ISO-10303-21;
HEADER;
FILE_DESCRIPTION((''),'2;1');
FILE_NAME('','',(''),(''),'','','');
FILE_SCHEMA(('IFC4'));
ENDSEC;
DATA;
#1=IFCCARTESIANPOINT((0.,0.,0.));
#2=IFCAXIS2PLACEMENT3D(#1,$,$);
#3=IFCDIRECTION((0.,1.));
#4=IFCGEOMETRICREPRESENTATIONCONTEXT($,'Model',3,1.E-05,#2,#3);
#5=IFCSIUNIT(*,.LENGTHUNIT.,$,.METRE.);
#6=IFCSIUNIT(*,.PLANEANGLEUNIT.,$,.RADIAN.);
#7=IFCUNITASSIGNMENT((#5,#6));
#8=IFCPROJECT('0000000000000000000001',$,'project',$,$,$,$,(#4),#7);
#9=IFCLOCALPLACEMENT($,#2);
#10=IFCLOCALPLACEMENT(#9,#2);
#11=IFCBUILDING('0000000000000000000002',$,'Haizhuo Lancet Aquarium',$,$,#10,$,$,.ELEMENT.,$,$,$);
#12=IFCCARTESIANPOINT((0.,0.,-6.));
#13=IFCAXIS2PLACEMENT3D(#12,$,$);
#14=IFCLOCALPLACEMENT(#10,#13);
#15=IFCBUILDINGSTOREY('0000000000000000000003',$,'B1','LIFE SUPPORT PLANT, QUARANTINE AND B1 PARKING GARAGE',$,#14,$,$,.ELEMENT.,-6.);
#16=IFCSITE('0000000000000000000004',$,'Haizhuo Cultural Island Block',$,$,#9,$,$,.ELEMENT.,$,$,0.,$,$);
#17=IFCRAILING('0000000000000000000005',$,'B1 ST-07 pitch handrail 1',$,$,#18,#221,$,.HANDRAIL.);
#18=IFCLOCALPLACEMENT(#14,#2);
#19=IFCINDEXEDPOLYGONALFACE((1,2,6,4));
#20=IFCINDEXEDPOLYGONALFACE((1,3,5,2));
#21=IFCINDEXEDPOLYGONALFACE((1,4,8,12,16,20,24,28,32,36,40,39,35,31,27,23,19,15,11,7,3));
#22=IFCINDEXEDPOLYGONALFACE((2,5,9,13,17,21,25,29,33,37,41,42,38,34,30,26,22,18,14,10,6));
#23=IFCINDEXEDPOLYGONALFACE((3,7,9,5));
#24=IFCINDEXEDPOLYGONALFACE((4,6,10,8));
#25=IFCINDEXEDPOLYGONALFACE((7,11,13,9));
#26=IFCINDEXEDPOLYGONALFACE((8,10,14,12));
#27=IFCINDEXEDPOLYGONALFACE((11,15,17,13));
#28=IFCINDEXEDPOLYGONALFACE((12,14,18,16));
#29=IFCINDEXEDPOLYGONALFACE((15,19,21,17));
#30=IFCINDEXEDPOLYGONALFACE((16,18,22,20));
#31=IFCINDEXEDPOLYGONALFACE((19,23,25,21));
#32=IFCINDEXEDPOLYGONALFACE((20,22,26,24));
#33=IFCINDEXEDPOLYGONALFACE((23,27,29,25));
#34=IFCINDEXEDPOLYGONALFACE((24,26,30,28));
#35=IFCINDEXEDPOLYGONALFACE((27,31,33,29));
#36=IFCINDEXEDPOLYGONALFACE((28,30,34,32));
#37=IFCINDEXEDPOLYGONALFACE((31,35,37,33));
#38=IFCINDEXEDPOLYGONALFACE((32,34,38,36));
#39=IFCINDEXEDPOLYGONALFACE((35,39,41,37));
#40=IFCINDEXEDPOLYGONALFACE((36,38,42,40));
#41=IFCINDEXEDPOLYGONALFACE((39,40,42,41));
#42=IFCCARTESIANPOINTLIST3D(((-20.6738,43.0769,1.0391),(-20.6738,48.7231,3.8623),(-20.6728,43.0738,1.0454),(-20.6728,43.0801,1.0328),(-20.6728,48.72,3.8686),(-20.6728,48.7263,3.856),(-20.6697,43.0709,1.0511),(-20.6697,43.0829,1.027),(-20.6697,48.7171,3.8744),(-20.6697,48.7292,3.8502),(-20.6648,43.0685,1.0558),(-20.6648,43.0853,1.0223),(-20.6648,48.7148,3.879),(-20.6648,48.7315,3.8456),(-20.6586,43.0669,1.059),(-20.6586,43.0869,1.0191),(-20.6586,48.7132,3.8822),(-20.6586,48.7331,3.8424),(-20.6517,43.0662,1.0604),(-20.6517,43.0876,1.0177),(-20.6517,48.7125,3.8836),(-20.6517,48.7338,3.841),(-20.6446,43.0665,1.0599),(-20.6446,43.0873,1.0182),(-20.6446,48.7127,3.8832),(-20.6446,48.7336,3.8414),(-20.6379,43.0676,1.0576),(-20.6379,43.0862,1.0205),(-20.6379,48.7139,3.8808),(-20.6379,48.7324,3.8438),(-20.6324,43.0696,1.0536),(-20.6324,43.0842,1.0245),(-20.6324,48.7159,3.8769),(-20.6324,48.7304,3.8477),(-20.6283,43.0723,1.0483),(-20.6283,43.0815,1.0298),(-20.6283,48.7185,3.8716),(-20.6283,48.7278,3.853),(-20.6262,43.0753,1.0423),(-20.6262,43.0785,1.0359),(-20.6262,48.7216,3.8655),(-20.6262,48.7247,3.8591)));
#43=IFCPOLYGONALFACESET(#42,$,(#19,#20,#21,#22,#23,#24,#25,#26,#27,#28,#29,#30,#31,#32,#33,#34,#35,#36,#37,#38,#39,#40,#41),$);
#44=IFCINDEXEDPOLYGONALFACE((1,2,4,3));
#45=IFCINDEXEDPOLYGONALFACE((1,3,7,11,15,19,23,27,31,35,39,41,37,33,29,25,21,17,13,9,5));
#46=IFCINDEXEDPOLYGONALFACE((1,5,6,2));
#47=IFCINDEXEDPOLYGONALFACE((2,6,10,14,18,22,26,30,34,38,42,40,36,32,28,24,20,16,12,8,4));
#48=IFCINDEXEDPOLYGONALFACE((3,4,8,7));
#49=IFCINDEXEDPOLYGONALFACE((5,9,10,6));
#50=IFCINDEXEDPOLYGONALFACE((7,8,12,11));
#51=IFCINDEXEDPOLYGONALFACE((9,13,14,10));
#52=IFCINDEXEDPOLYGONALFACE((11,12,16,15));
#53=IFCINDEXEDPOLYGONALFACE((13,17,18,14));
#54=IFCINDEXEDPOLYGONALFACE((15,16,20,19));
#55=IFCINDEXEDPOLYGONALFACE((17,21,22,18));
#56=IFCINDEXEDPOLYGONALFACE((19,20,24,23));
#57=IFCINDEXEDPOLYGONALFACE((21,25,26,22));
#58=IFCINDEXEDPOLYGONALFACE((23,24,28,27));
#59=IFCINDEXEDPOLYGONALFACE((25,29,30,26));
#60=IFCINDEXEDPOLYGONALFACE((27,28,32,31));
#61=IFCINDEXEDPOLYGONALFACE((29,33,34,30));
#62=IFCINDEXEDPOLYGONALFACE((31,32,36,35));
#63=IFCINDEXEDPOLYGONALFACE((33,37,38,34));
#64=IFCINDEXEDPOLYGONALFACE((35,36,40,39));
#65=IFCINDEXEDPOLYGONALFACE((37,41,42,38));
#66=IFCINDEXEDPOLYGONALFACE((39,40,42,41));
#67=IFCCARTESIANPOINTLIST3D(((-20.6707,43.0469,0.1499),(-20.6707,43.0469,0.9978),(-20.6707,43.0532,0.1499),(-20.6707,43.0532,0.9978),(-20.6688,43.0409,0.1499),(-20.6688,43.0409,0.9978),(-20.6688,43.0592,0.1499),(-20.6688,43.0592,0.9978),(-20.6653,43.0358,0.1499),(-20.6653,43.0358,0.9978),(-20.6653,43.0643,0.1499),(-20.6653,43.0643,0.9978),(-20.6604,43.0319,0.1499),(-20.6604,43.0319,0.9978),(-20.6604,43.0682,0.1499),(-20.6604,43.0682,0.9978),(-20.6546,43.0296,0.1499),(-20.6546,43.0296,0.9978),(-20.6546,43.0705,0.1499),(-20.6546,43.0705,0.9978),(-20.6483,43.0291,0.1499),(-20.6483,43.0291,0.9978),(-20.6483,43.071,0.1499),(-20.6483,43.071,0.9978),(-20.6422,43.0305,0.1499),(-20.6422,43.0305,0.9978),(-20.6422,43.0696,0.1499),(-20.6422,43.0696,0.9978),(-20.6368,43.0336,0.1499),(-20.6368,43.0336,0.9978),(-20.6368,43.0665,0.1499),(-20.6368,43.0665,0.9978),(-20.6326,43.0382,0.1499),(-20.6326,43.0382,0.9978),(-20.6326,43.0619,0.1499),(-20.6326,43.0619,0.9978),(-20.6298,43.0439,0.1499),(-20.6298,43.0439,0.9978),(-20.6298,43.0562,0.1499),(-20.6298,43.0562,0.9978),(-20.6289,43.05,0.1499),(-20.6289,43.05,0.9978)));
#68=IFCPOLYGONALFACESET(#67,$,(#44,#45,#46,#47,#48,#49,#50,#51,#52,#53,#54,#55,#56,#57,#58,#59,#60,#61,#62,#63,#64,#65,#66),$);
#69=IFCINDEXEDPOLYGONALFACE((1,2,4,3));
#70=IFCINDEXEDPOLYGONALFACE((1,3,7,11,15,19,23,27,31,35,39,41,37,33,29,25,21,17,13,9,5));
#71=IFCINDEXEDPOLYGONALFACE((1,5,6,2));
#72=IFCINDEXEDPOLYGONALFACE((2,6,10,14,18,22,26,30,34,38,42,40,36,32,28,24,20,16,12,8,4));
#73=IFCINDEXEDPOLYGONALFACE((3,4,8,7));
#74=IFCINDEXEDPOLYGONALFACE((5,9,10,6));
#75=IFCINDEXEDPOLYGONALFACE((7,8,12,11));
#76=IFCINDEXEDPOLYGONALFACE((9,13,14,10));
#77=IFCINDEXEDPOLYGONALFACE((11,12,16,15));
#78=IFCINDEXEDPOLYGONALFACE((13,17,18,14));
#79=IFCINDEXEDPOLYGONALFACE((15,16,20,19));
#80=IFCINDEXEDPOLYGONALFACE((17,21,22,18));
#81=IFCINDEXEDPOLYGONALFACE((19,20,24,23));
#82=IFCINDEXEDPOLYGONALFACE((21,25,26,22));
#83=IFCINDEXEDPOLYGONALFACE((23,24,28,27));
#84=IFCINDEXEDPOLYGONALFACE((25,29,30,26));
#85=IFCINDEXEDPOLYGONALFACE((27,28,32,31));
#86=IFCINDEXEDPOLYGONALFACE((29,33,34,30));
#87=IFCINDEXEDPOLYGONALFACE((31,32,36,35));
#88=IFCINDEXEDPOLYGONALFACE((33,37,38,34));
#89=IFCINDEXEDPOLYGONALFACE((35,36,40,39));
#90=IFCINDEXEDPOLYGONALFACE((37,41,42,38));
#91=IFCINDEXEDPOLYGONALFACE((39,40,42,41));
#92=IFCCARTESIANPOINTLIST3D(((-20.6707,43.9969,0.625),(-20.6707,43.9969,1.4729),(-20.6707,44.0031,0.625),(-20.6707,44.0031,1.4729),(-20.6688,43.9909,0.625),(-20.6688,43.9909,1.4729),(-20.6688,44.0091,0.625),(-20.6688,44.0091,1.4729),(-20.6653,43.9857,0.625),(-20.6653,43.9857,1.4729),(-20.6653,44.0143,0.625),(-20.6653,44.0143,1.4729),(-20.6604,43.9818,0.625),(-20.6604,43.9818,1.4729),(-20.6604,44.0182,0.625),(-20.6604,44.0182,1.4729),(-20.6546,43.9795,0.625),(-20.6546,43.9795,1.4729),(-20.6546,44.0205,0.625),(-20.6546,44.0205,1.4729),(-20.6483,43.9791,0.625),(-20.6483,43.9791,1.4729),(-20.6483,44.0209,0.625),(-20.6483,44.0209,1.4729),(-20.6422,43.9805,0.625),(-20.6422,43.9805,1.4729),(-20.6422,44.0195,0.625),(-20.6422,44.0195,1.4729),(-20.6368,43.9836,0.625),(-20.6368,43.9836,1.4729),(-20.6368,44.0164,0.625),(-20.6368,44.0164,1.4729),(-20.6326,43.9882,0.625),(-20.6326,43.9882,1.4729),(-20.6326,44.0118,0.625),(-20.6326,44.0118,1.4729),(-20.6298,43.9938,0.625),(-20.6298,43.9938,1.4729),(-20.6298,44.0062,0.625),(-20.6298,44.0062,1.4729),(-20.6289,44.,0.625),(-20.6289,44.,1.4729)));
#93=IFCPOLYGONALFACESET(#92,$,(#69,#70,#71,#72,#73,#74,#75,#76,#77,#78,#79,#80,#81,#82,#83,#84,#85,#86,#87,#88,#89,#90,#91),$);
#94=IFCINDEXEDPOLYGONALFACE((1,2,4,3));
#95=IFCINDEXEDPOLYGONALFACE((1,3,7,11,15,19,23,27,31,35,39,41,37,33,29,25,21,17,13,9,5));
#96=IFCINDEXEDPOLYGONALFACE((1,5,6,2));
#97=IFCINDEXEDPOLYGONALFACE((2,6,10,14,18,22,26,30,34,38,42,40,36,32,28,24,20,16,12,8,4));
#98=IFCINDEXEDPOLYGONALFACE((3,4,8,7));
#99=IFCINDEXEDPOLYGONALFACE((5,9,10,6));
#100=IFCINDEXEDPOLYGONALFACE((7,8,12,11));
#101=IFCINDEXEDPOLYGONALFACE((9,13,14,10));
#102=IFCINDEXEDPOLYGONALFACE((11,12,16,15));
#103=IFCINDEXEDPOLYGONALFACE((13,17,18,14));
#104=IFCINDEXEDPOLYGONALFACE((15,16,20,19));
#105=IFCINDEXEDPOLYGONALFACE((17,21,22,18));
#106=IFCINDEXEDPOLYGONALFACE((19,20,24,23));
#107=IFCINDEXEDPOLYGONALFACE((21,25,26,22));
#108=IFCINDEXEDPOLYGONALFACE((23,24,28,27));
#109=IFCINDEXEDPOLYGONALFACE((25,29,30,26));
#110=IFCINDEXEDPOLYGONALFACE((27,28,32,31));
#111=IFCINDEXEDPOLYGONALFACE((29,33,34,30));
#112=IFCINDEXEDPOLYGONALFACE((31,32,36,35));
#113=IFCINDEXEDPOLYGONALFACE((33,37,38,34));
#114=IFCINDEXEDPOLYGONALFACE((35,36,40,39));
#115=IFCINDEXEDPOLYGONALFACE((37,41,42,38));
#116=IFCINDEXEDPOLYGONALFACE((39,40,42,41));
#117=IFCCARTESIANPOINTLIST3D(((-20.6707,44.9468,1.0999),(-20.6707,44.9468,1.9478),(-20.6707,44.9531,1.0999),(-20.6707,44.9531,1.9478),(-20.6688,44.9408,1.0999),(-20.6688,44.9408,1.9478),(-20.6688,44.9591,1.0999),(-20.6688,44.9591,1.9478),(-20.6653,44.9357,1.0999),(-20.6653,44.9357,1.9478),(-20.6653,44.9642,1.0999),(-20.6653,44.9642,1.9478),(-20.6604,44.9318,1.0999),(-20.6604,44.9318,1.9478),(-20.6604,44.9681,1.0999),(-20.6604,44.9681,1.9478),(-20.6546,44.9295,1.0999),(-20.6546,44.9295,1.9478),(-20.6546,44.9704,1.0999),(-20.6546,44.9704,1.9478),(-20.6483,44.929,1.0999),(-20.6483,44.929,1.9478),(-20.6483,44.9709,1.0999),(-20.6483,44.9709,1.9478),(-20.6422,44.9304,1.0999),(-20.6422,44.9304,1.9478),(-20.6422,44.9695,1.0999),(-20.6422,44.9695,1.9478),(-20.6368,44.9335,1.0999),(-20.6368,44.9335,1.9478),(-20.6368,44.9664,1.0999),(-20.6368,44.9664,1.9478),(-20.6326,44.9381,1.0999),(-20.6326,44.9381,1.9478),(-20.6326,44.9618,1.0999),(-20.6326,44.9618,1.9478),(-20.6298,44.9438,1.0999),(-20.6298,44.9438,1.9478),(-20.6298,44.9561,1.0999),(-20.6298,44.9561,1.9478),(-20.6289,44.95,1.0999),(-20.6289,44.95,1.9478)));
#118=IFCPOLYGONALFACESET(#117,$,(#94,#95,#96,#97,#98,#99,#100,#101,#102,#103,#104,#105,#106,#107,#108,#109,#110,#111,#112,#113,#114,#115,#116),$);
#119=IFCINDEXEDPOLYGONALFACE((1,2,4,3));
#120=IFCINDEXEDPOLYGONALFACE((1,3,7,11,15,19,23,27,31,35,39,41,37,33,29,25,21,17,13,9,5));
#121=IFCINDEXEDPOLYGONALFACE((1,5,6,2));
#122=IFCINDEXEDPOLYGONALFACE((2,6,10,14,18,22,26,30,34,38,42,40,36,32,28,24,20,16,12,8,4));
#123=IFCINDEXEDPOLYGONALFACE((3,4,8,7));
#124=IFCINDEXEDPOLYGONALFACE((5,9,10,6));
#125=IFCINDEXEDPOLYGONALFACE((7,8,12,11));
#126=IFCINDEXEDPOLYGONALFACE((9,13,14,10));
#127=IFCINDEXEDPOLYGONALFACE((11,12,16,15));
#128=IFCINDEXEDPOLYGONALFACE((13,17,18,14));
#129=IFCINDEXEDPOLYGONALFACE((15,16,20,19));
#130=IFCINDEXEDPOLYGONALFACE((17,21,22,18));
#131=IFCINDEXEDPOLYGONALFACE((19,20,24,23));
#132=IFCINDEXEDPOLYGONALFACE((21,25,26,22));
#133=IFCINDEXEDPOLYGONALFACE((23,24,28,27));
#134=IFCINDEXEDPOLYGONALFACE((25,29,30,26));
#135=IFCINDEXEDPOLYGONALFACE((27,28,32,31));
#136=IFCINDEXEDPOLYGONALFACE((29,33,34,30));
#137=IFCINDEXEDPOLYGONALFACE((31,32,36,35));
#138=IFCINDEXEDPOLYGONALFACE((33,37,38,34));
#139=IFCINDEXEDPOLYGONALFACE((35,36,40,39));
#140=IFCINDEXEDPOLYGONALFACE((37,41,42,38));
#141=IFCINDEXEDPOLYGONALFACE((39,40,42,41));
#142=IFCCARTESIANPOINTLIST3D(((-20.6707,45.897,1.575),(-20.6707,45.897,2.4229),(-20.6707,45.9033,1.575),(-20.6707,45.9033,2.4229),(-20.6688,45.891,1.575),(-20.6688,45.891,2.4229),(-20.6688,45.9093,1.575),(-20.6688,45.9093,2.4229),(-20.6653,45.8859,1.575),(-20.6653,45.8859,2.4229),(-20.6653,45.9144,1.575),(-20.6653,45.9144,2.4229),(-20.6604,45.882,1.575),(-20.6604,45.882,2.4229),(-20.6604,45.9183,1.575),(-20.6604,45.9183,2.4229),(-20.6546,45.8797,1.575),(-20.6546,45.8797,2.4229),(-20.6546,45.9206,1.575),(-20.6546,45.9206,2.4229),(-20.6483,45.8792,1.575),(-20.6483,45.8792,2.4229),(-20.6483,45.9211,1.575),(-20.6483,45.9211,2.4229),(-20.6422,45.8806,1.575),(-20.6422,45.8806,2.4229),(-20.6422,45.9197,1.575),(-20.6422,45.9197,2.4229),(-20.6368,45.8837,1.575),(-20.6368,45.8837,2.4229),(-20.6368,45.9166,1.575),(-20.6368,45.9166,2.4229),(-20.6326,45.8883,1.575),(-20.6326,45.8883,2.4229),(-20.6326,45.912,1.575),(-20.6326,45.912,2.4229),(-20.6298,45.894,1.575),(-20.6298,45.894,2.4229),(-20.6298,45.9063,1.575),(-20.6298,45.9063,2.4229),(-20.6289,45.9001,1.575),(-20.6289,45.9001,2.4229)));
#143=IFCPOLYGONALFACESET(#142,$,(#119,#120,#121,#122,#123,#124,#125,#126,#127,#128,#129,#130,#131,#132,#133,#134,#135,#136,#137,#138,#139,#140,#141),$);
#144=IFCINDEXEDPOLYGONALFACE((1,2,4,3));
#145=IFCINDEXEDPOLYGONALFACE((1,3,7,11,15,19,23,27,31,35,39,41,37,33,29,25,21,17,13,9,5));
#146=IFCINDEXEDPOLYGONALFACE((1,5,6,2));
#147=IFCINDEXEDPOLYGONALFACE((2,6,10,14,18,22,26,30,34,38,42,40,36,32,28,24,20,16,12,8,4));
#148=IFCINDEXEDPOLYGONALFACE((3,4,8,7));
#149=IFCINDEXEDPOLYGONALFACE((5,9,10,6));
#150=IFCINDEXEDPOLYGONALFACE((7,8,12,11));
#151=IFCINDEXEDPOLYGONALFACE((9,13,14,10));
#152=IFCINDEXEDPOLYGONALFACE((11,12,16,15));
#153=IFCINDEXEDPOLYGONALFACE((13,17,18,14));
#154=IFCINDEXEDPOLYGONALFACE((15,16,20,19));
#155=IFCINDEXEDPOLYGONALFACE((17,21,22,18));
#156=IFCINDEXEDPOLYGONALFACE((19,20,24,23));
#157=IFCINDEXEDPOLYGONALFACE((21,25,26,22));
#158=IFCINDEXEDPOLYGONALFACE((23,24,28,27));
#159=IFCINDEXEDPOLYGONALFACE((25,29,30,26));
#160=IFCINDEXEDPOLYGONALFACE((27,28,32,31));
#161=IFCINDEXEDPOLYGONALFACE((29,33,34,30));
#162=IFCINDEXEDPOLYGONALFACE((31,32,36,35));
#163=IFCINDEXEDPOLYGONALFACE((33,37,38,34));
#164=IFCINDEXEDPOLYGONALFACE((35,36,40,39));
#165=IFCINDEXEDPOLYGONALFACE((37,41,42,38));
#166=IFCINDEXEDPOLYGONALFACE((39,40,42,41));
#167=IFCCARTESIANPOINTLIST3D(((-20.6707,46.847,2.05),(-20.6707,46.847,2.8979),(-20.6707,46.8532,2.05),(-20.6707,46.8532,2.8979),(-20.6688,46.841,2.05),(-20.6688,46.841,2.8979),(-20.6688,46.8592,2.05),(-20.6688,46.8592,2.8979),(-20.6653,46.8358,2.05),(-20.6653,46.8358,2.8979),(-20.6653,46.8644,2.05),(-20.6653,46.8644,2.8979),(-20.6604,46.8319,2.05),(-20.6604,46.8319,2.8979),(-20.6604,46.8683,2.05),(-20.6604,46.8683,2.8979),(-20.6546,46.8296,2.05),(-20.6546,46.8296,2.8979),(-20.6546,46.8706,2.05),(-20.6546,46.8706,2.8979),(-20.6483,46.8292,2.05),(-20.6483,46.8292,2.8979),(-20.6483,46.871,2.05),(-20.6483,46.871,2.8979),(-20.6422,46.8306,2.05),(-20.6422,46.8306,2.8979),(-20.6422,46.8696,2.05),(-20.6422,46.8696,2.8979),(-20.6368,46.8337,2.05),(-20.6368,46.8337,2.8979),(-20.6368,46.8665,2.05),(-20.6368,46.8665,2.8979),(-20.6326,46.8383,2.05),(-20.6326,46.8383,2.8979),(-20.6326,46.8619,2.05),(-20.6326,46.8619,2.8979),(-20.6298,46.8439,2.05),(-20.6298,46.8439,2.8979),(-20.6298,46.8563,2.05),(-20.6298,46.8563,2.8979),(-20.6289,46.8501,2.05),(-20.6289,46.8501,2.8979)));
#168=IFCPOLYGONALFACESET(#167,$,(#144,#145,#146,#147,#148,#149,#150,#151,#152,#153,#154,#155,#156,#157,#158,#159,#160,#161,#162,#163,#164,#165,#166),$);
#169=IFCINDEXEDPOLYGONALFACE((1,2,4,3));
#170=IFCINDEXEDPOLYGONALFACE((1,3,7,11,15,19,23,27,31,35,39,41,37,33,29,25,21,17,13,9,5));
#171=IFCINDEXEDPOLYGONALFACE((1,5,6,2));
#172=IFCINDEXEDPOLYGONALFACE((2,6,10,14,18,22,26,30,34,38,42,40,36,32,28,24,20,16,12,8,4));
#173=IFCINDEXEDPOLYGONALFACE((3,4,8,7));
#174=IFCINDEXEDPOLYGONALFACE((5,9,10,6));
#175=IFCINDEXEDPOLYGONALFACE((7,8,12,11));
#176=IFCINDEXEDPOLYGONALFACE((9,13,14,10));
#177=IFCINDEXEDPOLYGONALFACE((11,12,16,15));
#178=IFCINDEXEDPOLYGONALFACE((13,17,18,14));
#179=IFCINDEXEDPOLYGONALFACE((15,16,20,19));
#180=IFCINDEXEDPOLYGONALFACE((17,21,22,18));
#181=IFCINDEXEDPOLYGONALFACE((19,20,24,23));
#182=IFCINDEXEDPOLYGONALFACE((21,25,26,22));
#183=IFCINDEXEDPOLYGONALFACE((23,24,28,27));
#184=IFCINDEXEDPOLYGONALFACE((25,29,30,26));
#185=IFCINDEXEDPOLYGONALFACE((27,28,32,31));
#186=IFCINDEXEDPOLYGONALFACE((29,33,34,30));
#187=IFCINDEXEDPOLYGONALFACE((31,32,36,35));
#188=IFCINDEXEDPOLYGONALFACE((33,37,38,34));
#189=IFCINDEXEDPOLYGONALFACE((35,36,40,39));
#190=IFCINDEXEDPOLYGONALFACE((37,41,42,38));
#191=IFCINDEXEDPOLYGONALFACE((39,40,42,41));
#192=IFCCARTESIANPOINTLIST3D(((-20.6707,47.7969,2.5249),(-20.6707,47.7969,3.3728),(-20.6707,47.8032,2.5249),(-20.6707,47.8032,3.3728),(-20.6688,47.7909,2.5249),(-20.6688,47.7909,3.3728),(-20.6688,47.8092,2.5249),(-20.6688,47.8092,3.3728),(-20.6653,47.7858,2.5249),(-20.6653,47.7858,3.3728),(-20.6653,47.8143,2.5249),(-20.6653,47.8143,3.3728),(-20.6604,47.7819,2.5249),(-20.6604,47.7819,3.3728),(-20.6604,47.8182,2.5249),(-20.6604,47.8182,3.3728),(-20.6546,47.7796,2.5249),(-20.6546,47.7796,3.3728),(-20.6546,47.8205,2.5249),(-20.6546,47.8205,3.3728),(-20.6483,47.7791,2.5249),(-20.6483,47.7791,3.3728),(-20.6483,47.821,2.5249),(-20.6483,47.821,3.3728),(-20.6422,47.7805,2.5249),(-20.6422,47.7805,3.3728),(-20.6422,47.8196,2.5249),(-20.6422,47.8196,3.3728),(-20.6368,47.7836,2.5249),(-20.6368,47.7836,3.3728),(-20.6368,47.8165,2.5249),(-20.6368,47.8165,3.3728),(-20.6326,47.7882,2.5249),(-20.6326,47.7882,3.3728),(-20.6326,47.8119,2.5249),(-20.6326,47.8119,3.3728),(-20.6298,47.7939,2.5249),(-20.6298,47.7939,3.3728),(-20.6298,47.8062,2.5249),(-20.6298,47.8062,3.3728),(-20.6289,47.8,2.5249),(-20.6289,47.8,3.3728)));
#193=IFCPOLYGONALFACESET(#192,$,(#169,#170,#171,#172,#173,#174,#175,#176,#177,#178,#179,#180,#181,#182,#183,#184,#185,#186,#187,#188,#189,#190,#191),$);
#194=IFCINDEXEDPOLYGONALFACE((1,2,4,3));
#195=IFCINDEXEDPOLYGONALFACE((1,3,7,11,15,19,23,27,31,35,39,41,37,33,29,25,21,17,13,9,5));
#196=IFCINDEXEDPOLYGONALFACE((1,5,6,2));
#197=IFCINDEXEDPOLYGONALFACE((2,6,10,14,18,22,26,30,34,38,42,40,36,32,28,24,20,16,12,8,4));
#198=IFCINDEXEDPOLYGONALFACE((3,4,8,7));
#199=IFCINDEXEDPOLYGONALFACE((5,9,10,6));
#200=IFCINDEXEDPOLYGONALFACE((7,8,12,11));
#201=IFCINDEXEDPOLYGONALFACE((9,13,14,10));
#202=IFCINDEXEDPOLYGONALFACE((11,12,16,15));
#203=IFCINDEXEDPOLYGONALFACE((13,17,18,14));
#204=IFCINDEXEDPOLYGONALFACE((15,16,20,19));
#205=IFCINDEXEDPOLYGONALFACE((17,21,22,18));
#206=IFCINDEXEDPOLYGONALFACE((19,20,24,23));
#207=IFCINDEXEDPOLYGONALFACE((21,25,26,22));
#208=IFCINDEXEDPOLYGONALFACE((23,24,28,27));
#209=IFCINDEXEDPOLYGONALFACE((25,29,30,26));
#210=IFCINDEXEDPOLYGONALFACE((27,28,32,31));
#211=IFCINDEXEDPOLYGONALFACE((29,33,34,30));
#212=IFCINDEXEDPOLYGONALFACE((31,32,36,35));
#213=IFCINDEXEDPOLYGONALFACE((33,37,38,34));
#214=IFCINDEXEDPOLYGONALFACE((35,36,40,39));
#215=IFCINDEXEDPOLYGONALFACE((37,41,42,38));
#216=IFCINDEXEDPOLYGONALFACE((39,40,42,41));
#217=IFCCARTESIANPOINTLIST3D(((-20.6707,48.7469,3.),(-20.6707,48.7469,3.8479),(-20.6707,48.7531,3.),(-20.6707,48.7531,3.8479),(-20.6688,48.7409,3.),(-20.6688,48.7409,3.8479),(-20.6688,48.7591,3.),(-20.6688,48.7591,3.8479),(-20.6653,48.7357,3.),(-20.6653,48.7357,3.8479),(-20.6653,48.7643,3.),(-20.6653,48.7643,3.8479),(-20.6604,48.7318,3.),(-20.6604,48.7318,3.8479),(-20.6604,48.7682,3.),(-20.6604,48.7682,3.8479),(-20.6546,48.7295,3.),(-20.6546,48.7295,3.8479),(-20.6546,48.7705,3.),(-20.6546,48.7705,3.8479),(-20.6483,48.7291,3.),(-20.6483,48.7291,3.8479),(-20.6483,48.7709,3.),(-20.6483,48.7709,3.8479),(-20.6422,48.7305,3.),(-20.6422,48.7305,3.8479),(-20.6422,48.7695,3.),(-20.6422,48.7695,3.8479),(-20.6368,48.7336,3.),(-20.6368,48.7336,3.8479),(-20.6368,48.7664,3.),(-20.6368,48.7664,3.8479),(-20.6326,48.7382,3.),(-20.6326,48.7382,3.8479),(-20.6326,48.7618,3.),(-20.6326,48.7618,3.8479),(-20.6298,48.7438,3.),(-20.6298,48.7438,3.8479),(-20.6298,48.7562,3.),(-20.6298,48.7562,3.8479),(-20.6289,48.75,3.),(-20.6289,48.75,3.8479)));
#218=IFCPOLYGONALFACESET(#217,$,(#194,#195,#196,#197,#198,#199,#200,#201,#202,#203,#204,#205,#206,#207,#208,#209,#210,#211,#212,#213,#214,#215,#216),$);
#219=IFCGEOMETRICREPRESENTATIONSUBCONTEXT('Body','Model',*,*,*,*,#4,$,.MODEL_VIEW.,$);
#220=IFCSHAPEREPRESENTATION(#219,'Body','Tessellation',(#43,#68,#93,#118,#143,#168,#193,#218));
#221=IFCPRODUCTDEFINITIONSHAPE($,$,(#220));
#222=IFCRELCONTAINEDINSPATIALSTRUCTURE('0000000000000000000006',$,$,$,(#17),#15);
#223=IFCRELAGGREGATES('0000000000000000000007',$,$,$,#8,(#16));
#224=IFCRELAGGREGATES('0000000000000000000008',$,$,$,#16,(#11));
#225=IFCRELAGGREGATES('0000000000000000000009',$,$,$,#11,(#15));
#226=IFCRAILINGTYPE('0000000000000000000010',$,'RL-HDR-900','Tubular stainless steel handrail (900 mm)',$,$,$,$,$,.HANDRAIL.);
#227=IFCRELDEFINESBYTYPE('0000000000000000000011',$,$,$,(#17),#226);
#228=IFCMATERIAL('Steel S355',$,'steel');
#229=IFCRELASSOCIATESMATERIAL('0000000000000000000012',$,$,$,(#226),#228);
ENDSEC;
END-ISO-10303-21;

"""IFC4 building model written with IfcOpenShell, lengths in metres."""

from ifc_helpers import new_model, si_unit, direction, frame, origin, origin_2d, place, context, subcontext, project, spatial, circle, extrude, material, type_object, element, save


model = new_model("IFC4")

# Units and contexts
model_context = context("Model", 3, precision=1e-05, world=origin(), true_north=direction((0.0, 1.0)))
body_context = subcontext(model_context, "Body", "Model", "MODEL_VIEW")
ifc_project = project(units=[si_unit("LENGTHUNIT", "METRE"), si_unit("PLANEANGLEUNIT", "RADIAN")], contexts=[model_context])

# Site, building, storey
site_placement = place(None, origin())
site = spatial("IfcSite", under=ifc_project, at=site_placement, Name="Haizhuo Cultural Island Block", CompositionType="ELEMENT", RefElevation=0.0)
building_placement = place(site_placement, origin())
building = spatial("IfcBuilding", under=site, at=building_placement, Name="Haizhuo Lancet Aquarium", CompositionType="ELEMENT")
storey_placement = place(building_placement, frame((0.0, 0.0, -6.0)))
storey = spatial("IfcBuildingStorey", under=building, at=storey_placement, Name="B1", Description="LIFE SUPPORT PLANT, QUARANTINE AND B1 PARKING GARAGE", CompositionType="ELEMENT", Elevation=-6.0)

# Shared definitions
ifc_material_1 = material(Name="Steel S355", Category="steel")

# Railing
railing_type_1 = type_object("IfcRailingType", Name="RL-HDR-900", Description="Tubular stainless steel handrail (900 mm)", PredefinedType="HANDRAIL", material=ifc_material_1)
railing_1_placement = place(storey_placement, frame((-20.6499, 43.05, 0.1499)))
element("IfcRailing", 1, at=railing_1_placement, inside=storey, type_object=railing_type_1, Name="B1 ST-07 pitch handrail 1", PredefinedType="HANDRAIL", context=body_context, shape_type="SweptSolid", body=[
    extrude(circle(Radius=0.0239, at=origin_2d()), frame((0.0, 0.0269, 0.8892), z_axis=(0.0, 0.89442, 0.447229), x_axis=(-1.0, 0.0, 0.0)), (0.0, 0.0, 1.0), 6.3127),
    extrude(circle(Radius=0.021, at=origin_2d()), origin(), (0.0, 0.0, 1.0), 0.8479),
    extrude(circle(Radius=0.021, at=origin_2d()), frame((0.0, 0.95, 0.4751)), (0.0, 0.0, 1.0), 0.8479),
    extrude(circle(Radius=0.021, at=origin_2d()), frame((0.0, 1.8999, 0.95)), (0.0, 0.0, 1.0), 0.8479),
    extrude(circle(Radius=0.021, at=origin_2d()), frame((0.0, 2.8501, 1.425)), (0.0, 0.0, 1.0), 0.8479),
    extrude(circle(Radius=0.021, at=origin_2d()), frame((0.0, 3.8, 1.9001)), (0.0, 0.0, 1.0), 0.8479),
    extrude(circle(Radius=0.021, at=origin_2d()), frame((0.0, 4.75, 2.375)), (0.0, 0.0, 1.0), 0.8479),
    extrude(circle(Radius=0.021, at=origin_2d()), frame((0.0, 5.7, 2.8501)), (0.0, 0.0, 1.0), 0.8479),
])

save(model, "model.ifc")
